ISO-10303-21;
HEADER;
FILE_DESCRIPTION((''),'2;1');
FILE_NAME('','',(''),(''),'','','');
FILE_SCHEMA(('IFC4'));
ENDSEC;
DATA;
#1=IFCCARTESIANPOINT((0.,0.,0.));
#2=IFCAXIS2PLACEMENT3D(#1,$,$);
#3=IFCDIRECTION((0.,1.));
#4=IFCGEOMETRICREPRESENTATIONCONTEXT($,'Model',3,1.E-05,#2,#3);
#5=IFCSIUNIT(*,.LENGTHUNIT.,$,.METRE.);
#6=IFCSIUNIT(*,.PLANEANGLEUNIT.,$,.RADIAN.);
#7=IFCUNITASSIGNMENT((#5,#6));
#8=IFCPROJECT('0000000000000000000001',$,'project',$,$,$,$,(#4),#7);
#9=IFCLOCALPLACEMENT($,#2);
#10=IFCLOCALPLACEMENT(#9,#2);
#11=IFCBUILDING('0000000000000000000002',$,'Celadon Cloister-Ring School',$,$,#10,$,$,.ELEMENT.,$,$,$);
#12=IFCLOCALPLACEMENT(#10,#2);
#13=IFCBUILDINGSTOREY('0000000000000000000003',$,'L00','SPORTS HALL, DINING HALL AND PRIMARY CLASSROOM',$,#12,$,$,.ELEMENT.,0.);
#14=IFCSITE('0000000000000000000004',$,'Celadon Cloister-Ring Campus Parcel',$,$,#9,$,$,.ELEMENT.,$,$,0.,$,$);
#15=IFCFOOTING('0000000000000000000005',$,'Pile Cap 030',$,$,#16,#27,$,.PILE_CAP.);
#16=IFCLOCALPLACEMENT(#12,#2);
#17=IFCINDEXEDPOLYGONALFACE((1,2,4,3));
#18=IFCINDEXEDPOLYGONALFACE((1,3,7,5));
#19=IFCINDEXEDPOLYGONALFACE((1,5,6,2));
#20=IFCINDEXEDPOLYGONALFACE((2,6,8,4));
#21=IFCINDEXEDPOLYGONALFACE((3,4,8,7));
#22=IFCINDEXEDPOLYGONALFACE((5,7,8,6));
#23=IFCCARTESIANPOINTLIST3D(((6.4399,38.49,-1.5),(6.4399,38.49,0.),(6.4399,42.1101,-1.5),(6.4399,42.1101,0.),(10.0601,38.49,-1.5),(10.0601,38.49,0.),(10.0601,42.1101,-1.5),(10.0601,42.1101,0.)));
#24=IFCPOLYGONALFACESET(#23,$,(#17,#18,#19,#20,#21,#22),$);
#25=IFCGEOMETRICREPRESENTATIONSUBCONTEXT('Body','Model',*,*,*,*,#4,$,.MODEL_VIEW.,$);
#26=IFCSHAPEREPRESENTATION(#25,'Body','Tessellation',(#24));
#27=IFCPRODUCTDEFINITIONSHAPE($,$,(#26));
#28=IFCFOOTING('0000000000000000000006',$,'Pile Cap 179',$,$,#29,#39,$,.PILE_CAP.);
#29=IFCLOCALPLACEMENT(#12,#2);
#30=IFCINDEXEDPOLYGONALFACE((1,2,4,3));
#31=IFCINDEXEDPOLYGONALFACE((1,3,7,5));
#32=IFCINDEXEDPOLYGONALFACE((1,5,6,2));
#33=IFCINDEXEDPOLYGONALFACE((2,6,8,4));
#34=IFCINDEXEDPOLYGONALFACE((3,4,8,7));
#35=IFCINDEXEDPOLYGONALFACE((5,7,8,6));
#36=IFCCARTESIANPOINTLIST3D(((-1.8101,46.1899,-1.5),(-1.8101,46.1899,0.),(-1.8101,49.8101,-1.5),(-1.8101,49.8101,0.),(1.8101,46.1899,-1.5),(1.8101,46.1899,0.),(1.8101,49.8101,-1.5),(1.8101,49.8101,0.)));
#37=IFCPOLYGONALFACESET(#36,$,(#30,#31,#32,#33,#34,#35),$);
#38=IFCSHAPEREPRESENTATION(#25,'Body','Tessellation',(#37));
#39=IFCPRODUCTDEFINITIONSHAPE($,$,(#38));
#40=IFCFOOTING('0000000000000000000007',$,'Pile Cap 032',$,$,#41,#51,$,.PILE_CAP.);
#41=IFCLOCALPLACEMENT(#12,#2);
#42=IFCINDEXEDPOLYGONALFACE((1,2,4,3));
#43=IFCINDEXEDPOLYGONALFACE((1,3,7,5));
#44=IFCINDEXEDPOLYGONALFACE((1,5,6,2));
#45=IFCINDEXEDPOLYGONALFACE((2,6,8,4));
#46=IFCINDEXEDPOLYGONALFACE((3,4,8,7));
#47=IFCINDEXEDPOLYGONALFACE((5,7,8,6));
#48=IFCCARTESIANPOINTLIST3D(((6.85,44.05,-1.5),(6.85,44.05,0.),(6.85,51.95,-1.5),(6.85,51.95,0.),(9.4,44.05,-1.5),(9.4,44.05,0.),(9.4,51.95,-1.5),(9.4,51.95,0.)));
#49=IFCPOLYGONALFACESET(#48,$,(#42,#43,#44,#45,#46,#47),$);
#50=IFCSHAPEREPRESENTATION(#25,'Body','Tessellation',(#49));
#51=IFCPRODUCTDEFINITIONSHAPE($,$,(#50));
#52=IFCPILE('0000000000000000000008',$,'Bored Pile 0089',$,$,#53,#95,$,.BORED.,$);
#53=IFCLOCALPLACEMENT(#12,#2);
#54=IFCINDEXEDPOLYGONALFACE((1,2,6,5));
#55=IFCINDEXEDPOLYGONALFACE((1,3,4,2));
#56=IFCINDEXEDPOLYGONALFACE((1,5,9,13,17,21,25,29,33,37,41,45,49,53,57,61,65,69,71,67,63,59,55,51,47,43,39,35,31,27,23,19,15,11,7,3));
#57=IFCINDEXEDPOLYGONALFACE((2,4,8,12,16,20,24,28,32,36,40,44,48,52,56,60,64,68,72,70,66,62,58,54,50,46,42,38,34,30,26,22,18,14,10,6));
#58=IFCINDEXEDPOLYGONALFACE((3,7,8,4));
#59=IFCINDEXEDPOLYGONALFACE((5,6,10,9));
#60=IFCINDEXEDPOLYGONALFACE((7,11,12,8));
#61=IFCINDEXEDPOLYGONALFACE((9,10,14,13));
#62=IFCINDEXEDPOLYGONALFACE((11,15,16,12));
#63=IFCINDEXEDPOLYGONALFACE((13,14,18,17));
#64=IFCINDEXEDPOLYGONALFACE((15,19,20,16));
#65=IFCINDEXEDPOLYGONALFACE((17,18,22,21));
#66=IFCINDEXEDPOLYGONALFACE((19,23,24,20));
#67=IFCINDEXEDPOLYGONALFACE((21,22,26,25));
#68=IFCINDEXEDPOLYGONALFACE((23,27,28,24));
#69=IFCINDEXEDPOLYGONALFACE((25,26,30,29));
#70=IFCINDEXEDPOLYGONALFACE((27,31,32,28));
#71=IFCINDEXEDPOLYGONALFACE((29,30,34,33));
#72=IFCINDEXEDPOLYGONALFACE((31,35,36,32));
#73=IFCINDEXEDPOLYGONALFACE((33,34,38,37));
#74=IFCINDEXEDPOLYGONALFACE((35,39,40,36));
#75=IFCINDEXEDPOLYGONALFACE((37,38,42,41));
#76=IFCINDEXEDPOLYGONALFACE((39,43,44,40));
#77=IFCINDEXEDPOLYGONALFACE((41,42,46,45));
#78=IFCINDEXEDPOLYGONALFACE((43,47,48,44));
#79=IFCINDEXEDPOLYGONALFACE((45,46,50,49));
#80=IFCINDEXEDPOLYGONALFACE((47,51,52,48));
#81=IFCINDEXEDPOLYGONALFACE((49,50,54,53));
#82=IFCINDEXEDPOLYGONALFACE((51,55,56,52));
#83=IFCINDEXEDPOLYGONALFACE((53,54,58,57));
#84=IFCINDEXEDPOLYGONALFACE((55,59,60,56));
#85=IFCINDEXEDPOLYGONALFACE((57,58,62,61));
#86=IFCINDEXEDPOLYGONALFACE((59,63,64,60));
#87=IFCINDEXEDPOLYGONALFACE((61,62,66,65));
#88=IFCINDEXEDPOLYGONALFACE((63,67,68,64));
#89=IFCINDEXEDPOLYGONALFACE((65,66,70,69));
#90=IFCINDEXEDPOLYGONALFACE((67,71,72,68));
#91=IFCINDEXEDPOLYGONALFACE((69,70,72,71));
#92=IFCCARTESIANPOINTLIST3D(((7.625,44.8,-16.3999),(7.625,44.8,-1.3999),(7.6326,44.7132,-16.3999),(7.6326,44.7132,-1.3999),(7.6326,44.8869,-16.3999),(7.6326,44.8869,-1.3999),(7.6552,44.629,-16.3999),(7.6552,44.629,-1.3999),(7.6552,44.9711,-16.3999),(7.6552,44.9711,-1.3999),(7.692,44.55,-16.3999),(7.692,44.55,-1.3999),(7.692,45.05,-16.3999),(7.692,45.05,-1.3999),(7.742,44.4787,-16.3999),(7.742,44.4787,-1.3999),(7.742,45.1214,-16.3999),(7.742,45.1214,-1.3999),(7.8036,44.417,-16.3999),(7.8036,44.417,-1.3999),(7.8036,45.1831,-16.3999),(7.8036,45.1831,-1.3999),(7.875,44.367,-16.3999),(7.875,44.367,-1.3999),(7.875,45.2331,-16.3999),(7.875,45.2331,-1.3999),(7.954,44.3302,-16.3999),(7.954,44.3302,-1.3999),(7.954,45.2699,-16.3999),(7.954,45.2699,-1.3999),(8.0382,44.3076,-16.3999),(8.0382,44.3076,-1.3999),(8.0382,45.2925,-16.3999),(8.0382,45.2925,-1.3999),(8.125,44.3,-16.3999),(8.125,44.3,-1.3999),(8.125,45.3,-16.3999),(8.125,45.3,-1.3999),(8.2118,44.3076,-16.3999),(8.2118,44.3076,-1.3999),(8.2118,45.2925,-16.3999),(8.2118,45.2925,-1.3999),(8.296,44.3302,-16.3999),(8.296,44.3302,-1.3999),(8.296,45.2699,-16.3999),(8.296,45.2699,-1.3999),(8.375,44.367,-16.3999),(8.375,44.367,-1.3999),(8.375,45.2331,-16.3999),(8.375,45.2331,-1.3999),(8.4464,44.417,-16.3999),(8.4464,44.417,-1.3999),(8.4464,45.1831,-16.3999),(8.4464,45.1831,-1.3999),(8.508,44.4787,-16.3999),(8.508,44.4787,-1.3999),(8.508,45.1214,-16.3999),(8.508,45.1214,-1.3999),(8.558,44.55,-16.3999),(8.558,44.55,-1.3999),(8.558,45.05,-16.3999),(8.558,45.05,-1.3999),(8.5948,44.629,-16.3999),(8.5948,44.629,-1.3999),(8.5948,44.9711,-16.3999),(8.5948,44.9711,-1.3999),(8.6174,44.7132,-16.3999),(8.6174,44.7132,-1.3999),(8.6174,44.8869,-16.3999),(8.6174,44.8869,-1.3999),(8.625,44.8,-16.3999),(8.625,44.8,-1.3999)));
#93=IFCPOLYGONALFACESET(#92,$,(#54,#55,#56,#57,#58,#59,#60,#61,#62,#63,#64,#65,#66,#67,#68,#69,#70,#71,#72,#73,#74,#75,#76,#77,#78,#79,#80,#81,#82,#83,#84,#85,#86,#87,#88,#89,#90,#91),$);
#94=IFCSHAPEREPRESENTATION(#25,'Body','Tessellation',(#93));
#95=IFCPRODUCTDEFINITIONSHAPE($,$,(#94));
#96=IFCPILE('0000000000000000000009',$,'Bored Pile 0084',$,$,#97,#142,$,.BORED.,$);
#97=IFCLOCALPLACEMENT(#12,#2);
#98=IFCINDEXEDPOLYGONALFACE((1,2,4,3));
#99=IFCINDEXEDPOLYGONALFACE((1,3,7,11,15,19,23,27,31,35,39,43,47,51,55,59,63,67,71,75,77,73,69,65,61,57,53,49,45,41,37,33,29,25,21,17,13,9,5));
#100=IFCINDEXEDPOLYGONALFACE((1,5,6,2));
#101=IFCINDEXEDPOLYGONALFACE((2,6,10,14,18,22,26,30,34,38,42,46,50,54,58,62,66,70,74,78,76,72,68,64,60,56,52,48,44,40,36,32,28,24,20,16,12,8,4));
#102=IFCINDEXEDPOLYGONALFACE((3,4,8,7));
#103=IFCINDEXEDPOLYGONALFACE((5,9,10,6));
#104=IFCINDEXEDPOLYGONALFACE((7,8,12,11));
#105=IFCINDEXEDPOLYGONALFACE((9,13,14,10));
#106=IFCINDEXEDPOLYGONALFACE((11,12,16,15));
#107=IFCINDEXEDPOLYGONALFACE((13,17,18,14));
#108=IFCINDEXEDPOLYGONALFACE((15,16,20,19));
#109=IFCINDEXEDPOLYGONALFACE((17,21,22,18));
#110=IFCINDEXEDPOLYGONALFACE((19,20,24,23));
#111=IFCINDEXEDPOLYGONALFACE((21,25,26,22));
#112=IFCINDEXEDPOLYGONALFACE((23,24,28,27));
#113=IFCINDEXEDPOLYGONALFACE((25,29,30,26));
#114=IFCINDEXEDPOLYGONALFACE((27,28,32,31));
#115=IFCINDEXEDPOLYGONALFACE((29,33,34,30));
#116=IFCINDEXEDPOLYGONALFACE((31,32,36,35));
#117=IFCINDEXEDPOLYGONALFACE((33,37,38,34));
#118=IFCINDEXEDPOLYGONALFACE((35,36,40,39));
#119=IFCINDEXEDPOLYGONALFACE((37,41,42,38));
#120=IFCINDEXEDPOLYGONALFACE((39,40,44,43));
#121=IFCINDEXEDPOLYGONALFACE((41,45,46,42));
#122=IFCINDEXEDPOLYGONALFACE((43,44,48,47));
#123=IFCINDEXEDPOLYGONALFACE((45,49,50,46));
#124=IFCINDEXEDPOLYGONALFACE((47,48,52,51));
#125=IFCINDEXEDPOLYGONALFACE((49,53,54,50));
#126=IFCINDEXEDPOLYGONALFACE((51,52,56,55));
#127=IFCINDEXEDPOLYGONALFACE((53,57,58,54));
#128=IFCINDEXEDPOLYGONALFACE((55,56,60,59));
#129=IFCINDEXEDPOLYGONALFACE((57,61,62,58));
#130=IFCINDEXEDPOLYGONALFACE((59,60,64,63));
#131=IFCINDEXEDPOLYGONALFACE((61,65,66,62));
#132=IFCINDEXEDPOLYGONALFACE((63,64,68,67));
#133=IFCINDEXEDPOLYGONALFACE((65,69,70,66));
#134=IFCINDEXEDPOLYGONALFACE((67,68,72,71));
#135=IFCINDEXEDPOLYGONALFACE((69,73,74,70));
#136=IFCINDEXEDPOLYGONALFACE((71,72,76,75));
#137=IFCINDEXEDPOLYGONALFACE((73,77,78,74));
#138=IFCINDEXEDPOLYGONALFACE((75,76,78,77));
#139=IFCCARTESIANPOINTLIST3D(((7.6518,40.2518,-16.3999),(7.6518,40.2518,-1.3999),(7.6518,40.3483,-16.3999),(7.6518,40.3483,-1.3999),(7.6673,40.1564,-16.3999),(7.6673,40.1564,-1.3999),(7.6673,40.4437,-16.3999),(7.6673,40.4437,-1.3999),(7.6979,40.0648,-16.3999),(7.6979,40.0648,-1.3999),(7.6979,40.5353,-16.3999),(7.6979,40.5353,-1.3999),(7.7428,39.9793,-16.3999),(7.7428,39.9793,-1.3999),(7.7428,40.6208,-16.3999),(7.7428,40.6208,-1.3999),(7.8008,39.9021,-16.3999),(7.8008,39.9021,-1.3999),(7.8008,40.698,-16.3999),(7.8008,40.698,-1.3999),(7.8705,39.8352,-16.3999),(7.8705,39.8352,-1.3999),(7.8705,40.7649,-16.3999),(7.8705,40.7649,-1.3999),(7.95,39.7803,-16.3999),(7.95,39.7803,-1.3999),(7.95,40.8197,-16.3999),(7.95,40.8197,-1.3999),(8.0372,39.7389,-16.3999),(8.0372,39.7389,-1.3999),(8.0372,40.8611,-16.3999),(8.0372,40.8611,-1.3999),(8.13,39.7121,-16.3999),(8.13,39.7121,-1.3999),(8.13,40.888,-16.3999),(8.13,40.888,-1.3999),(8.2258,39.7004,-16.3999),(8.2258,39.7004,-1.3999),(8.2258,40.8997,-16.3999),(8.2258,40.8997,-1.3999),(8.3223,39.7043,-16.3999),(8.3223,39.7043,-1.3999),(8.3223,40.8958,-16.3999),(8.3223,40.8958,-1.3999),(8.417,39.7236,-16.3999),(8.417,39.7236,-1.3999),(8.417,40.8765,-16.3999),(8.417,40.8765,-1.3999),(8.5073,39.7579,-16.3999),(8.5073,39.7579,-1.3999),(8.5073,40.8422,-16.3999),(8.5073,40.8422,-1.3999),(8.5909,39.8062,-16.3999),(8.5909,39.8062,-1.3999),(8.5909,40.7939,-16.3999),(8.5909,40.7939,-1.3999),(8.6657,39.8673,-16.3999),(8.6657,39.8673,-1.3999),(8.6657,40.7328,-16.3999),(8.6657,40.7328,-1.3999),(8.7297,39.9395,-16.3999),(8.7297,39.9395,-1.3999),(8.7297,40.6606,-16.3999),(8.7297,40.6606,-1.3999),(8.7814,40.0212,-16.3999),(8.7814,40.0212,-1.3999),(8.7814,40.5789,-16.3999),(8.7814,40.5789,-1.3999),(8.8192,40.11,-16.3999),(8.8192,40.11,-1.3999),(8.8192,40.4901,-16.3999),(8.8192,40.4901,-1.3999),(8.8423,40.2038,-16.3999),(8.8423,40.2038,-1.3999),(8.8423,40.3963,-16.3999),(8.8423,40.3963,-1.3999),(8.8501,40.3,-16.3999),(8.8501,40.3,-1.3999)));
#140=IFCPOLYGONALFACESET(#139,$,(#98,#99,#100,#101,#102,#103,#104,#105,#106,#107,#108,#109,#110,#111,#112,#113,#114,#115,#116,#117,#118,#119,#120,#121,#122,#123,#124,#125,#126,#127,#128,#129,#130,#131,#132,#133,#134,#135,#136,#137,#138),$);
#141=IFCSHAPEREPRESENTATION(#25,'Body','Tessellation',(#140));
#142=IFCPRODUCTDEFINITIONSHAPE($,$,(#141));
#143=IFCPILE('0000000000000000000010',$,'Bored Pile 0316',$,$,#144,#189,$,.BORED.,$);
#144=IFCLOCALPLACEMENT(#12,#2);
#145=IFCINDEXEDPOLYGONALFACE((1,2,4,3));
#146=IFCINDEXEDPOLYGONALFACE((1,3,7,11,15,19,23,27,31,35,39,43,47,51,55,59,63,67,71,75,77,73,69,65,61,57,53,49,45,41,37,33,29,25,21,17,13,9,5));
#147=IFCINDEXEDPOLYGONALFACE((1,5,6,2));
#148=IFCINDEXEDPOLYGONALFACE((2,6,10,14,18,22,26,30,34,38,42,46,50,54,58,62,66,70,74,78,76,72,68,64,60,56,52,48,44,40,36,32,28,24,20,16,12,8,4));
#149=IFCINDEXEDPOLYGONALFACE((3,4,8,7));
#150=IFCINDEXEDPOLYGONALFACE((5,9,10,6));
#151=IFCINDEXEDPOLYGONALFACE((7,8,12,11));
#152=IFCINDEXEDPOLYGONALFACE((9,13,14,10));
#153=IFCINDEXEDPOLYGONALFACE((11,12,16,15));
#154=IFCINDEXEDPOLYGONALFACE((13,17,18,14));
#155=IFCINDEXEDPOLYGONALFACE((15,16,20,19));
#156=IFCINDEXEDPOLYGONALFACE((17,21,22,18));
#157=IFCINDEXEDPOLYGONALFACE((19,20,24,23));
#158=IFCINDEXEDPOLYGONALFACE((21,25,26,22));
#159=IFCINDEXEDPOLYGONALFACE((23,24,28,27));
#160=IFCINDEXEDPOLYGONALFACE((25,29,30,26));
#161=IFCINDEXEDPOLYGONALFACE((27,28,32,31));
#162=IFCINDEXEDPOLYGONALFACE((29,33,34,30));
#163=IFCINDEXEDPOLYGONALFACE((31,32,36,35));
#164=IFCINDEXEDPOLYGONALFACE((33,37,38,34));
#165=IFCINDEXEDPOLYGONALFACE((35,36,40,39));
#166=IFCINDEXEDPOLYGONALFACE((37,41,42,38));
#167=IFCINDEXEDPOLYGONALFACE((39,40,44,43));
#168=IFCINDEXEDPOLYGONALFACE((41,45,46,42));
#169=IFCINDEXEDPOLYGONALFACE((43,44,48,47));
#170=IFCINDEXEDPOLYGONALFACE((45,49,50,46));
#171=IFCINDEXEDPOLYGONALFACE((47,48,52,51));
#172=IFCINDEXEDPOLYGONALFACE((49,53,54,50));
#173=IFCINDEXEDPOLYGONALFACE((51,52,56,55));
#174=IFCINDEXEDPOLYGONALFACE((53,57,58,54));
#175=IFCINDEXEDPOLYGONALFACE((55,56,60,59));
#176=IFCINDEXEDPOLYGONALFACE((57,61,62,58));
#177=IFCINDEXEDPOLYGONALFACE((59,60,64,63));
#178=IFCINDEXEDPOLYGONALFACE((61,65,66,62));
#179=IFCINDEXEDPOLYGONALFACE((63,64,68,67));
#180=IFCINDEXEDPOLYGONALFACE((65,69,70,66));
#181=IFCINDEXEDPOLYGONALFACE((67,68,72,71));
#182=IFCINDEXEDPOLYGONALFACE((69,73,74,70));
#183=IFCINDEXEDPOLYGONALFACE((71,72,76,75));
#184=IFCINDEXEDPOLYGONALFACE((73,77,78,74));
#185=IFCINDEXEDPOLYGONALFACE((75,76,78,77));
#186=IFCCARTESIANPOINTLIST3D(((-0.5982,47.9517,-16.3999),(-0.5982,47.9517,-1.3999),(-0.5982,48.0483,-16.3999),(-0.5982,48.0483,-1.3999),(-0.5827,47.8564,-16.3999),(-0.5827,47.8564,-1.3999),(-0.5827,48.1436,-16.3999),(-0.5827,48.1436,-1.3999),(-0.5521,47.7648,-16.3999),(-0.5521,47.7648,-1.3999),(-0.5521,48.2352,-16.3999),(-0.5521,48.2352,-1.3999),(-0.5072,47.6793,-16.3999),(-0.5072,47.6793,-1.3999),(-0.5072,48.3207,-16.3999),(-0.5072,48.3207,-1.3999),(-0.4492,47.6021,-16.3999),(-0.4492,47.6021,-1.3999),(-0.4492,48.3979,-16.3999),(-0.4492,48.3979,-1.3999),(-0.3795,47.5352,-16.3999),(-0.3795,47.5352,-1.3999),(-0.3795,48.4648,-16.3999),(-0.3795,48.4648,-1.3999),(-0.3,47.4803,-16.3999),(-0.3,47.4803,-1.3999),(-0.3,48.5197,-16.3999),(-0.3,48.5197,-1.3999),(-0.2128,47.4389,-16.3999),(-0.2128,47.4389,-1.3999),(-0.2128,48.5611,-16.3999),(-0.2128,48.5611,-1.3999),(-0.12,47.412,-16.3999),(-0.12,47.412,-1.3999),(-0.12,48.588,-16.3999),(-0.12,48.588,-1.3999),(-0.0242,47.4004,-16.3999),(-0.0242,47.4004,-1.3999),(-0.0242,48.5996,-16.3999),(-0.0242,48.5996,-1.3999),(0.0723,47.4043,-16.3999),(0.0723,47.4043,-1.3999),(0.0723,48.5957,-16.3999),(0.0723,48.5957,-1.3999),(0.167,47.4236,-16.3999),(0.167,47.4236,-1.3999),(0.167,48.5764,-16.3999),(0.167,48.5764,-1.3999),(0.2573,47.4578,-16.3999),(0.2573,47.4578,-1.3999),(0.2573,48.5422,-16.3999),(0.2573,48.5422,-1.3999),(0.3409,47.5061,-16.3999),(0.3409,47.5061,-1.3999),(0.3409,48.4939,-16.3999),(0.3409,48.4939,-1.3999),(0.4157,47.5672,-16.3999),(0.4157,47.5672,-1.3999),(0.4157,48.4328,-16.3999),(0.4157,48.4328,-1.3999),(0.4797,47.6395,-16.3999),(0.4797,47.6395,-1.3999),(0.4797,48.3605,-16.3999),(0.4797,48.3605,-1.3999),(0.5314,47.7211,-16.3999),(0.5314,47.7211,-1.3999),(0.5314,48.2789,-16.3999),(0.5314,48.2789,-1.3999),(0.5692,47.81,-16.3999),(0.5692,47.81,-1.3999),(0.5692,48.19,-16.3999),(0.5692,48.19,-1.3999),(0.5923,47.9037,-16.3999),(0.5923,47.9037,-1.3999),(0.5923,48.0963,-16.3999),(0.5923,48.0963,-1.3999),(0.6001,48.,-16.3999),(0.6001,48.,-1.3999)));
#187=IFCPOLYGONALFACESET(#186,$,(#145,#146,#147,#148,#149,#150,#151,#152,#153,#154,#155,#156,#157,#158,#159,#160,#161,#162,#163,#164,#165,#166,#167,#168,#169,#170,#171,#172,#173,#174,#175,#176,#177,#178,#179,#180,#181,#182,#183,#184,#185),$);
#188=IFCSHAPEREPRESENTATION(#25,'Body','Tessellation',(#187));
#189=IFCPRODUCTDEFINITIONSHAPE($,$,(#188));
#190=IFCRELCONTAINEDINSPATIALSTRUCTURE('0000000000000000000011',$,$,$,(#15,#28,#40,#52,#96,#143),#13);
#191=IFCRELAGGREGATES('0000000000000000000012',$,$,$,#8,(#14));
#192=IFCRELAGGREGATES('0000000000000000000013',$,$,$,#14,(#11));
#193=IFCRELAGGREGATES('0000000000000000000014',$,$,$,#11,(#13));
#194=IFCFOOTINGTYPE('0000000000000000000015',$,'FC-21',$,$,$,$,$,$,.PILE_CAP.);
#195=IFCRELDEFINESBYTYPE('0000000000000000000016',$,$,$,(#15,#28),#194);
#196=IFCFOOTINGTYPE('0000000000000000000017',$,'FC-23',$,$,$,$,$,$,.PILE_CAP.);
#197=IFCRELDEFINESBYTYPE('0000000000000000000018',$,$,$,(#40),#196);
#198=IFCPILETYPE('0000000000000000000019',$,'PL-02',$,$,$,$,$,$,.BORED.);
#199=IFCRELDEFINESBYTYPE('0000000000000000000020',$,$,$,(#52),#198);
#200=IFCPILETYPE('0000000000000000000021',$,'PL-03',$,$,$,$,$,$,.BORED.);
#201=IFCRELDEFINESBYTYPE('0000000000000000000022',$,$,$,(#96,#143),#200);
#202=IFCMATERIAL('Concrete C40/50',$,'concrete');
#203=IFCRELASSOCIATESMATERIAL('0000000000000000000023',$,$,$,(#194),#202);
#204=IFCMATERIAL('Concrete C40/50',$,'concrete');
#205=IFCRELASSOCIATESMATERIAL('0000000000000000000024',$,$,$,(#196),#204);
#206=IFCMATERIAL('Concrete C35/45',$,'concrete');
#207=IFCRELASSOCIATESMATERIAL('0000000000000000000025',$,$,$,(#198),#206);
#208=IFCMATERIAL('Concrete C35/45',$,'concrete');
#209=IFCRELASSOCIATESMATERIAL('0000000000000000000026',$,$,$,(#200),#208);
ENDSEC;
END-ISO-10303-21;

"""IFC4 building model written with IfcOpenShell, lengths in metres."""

from ifc_helpers import new_model, si_unit, direction, frame, origin, origin_2d, place, context, subcontext, project, spatial, rectangle, circle, extrude, material, material_profile, profile_set, type_object, element, save


model = new_model("IFC4")

# Units and contexts
model_context = context("Model", 3, precision=1e-05, world=origin(), true_north=direction((0.0, 1.0)))
body_context = subcontext(model_context, "Body", "Model", "MODEL_VIEW")
ifc_project = project(units=[si_unit("LENGTHUNIT", "METRE"), si_unit("PLANEANGLEUNIT", "RADIAN")], contexts=[model_context])

# Site, building, storey
site_placement = place(None, origin())
site = spatial("IfcSite", under=ifc_project, at=site_placement, Name="Celadon Cloister-Ring Campus Parcel", CompositionType="ELEMENT", RefElevation=0.0)
building_placement = place(site_placement, origin())
building = spatial("IfcBuilding", under=site, at=building_placement, Name="Celadon Cloister-Ring School", CompositionType="ELEMENT")
storey_placement = place(building_placement, origin())
storey = spatial("IfcBuildingStorey", under=building, at=storey_placement, Name="L00", Description="SPORTS HALL, DINING HALL AND PRIMARY CLASSROOM", CompositionType="ELEMENT", Elevation=0.0)

# Footings
ifc_material_1 = material(Name="Concrete C40/50", Category="concrete")
footing_type_1 = type_object("IfcFootingType", Name="FC-21", PredefinedType="PILE_CAP", material=ifc_material_1)
for number, where, z_axis, x_axis, name in (
    (1, (8.25, 40.3, -1.5), (0.0, 0.0, 1.0), (1.0, 0.0, 0.0), "Pile Cap 030"),
    (2, (0.0, 48.0, -1.5), (0.0, 0.0, 1.0), (1.0, 0.0, 0.0), "Pile Cap 179"),
):
    element("IfcFooting", number, at=place(storey_placement, frame(where, z_axis=z_axis, x_axis=x_axis)), inside=storey, type_object=footing_type_1, Name=name, PredefinedType="PILE_CAP", context=body_context, shape_type="SweptSolid", body=[
        extrude(rectangle(XDim=3.6201, YDim=3.6201, at=origin_2d()), origin(), (0.0, 0.0, 1.0), 1.5),
    ])
ifc_material_2 = material(Name="Concrete C40/50", Category="concrete")
footing_type_2 = type_object("IfcFootingType", Name="FC-23", PredefinedType="PILE_CAP", material=ifc_material_2)
footing_placement = place(storey_placement, frame((8.125, 48.0, -1.5), z_axis=(0.0, 0.0, 1.0), x_axis=(1.0, 0.0, 0.0)))
element("IfcFooting", 3, at=footing_placement, inside=storey, type_object=footing_type_2, Name="Pile Cap 032", PredefinedType="PILE_CAP", context=body_context, shape_type="SweptSolid", body=[
    extrude(rectangle(XDim=2.55, YDim=7.8999, at=origin_2d()), origin(), (0.0, 0.0, 1.0), 1.5),
])

# Piles
ifc_material_3 = material(Name="Concrete C35/45", Category="concrete")
ifc_material_profile_1 = material_profile(ifc_material_3, circle(Radius=0.5, at=origin_2d()), Name="PILE1000")
ifc_profile_set_1 = profile_set([ifc_material_profile_1], Name="Concrete C35/45")
pile_type_1 = type_object("IfcPileType", Name="PL-02", PredefinedType="BORED", material=ifc_profile_set_1)
pile_placement = place(storey_placement, frame((8.125, 44.8, -1.3999), z_axis=(0.0, 0.0, -1.0), x_axis=(1.0, 0.0, 0.0)))
element("IfcPile", 4, at=pile_placement, inside=storey, type_object=pile_type_1, Name="Bored Pile 0089", PredefinedType="BORED", context=body_context, shape_type="SweptSolid", body=[
    extrude(circle(Radius=0.5, at=origin_2d()), origin(), (0.0, 0.0, 1.0), 15.0),
])
ifc_material_4 = material(Name="Concrete C35/45", Category="concrete")
ifc_material_profile_2 = material_profile(ifc_material_4, circle(Radius=0.6001, at=origin_2d()), Name="PILE1200")
ifc_profile_set_2 = profile_set([ifc_material_profile_2], Name="Concrete C35/45")
pile_type_2 = type_object("IfcPileType", Name="PL-03", PredefinedType="BORED", material=ifc_profile_set_2)
for number, where, z_axis, x_axis, name in (
    (5, (8.25, 40.3, -1.3999), (0.0, 0.0, -1.0), (1.0, 0.0, 0.0), "Bored Pile 0084"),
    (6, (0.0, 48.0, -1.3999), (0.0, 0.0, -1.0), (1.0, 0.0, 0.0), "Bored Pile 0316"),
):
    element("IfcPile", number, at=place(storey_placement, frame(where, z_axis=z_axis, x_axis=x_axis)), inside=storey, type_object=pile_type_2, Name=name, PredefinedType="BORED", context=body_context, shape_type="SweptSolid", body=[
        extrude(circle(Radius=0.6001, at=origin_2d()), origin(), (0.0, 0.0, 1.0), 15.0),
    ])

save(model, "model.ifc")
